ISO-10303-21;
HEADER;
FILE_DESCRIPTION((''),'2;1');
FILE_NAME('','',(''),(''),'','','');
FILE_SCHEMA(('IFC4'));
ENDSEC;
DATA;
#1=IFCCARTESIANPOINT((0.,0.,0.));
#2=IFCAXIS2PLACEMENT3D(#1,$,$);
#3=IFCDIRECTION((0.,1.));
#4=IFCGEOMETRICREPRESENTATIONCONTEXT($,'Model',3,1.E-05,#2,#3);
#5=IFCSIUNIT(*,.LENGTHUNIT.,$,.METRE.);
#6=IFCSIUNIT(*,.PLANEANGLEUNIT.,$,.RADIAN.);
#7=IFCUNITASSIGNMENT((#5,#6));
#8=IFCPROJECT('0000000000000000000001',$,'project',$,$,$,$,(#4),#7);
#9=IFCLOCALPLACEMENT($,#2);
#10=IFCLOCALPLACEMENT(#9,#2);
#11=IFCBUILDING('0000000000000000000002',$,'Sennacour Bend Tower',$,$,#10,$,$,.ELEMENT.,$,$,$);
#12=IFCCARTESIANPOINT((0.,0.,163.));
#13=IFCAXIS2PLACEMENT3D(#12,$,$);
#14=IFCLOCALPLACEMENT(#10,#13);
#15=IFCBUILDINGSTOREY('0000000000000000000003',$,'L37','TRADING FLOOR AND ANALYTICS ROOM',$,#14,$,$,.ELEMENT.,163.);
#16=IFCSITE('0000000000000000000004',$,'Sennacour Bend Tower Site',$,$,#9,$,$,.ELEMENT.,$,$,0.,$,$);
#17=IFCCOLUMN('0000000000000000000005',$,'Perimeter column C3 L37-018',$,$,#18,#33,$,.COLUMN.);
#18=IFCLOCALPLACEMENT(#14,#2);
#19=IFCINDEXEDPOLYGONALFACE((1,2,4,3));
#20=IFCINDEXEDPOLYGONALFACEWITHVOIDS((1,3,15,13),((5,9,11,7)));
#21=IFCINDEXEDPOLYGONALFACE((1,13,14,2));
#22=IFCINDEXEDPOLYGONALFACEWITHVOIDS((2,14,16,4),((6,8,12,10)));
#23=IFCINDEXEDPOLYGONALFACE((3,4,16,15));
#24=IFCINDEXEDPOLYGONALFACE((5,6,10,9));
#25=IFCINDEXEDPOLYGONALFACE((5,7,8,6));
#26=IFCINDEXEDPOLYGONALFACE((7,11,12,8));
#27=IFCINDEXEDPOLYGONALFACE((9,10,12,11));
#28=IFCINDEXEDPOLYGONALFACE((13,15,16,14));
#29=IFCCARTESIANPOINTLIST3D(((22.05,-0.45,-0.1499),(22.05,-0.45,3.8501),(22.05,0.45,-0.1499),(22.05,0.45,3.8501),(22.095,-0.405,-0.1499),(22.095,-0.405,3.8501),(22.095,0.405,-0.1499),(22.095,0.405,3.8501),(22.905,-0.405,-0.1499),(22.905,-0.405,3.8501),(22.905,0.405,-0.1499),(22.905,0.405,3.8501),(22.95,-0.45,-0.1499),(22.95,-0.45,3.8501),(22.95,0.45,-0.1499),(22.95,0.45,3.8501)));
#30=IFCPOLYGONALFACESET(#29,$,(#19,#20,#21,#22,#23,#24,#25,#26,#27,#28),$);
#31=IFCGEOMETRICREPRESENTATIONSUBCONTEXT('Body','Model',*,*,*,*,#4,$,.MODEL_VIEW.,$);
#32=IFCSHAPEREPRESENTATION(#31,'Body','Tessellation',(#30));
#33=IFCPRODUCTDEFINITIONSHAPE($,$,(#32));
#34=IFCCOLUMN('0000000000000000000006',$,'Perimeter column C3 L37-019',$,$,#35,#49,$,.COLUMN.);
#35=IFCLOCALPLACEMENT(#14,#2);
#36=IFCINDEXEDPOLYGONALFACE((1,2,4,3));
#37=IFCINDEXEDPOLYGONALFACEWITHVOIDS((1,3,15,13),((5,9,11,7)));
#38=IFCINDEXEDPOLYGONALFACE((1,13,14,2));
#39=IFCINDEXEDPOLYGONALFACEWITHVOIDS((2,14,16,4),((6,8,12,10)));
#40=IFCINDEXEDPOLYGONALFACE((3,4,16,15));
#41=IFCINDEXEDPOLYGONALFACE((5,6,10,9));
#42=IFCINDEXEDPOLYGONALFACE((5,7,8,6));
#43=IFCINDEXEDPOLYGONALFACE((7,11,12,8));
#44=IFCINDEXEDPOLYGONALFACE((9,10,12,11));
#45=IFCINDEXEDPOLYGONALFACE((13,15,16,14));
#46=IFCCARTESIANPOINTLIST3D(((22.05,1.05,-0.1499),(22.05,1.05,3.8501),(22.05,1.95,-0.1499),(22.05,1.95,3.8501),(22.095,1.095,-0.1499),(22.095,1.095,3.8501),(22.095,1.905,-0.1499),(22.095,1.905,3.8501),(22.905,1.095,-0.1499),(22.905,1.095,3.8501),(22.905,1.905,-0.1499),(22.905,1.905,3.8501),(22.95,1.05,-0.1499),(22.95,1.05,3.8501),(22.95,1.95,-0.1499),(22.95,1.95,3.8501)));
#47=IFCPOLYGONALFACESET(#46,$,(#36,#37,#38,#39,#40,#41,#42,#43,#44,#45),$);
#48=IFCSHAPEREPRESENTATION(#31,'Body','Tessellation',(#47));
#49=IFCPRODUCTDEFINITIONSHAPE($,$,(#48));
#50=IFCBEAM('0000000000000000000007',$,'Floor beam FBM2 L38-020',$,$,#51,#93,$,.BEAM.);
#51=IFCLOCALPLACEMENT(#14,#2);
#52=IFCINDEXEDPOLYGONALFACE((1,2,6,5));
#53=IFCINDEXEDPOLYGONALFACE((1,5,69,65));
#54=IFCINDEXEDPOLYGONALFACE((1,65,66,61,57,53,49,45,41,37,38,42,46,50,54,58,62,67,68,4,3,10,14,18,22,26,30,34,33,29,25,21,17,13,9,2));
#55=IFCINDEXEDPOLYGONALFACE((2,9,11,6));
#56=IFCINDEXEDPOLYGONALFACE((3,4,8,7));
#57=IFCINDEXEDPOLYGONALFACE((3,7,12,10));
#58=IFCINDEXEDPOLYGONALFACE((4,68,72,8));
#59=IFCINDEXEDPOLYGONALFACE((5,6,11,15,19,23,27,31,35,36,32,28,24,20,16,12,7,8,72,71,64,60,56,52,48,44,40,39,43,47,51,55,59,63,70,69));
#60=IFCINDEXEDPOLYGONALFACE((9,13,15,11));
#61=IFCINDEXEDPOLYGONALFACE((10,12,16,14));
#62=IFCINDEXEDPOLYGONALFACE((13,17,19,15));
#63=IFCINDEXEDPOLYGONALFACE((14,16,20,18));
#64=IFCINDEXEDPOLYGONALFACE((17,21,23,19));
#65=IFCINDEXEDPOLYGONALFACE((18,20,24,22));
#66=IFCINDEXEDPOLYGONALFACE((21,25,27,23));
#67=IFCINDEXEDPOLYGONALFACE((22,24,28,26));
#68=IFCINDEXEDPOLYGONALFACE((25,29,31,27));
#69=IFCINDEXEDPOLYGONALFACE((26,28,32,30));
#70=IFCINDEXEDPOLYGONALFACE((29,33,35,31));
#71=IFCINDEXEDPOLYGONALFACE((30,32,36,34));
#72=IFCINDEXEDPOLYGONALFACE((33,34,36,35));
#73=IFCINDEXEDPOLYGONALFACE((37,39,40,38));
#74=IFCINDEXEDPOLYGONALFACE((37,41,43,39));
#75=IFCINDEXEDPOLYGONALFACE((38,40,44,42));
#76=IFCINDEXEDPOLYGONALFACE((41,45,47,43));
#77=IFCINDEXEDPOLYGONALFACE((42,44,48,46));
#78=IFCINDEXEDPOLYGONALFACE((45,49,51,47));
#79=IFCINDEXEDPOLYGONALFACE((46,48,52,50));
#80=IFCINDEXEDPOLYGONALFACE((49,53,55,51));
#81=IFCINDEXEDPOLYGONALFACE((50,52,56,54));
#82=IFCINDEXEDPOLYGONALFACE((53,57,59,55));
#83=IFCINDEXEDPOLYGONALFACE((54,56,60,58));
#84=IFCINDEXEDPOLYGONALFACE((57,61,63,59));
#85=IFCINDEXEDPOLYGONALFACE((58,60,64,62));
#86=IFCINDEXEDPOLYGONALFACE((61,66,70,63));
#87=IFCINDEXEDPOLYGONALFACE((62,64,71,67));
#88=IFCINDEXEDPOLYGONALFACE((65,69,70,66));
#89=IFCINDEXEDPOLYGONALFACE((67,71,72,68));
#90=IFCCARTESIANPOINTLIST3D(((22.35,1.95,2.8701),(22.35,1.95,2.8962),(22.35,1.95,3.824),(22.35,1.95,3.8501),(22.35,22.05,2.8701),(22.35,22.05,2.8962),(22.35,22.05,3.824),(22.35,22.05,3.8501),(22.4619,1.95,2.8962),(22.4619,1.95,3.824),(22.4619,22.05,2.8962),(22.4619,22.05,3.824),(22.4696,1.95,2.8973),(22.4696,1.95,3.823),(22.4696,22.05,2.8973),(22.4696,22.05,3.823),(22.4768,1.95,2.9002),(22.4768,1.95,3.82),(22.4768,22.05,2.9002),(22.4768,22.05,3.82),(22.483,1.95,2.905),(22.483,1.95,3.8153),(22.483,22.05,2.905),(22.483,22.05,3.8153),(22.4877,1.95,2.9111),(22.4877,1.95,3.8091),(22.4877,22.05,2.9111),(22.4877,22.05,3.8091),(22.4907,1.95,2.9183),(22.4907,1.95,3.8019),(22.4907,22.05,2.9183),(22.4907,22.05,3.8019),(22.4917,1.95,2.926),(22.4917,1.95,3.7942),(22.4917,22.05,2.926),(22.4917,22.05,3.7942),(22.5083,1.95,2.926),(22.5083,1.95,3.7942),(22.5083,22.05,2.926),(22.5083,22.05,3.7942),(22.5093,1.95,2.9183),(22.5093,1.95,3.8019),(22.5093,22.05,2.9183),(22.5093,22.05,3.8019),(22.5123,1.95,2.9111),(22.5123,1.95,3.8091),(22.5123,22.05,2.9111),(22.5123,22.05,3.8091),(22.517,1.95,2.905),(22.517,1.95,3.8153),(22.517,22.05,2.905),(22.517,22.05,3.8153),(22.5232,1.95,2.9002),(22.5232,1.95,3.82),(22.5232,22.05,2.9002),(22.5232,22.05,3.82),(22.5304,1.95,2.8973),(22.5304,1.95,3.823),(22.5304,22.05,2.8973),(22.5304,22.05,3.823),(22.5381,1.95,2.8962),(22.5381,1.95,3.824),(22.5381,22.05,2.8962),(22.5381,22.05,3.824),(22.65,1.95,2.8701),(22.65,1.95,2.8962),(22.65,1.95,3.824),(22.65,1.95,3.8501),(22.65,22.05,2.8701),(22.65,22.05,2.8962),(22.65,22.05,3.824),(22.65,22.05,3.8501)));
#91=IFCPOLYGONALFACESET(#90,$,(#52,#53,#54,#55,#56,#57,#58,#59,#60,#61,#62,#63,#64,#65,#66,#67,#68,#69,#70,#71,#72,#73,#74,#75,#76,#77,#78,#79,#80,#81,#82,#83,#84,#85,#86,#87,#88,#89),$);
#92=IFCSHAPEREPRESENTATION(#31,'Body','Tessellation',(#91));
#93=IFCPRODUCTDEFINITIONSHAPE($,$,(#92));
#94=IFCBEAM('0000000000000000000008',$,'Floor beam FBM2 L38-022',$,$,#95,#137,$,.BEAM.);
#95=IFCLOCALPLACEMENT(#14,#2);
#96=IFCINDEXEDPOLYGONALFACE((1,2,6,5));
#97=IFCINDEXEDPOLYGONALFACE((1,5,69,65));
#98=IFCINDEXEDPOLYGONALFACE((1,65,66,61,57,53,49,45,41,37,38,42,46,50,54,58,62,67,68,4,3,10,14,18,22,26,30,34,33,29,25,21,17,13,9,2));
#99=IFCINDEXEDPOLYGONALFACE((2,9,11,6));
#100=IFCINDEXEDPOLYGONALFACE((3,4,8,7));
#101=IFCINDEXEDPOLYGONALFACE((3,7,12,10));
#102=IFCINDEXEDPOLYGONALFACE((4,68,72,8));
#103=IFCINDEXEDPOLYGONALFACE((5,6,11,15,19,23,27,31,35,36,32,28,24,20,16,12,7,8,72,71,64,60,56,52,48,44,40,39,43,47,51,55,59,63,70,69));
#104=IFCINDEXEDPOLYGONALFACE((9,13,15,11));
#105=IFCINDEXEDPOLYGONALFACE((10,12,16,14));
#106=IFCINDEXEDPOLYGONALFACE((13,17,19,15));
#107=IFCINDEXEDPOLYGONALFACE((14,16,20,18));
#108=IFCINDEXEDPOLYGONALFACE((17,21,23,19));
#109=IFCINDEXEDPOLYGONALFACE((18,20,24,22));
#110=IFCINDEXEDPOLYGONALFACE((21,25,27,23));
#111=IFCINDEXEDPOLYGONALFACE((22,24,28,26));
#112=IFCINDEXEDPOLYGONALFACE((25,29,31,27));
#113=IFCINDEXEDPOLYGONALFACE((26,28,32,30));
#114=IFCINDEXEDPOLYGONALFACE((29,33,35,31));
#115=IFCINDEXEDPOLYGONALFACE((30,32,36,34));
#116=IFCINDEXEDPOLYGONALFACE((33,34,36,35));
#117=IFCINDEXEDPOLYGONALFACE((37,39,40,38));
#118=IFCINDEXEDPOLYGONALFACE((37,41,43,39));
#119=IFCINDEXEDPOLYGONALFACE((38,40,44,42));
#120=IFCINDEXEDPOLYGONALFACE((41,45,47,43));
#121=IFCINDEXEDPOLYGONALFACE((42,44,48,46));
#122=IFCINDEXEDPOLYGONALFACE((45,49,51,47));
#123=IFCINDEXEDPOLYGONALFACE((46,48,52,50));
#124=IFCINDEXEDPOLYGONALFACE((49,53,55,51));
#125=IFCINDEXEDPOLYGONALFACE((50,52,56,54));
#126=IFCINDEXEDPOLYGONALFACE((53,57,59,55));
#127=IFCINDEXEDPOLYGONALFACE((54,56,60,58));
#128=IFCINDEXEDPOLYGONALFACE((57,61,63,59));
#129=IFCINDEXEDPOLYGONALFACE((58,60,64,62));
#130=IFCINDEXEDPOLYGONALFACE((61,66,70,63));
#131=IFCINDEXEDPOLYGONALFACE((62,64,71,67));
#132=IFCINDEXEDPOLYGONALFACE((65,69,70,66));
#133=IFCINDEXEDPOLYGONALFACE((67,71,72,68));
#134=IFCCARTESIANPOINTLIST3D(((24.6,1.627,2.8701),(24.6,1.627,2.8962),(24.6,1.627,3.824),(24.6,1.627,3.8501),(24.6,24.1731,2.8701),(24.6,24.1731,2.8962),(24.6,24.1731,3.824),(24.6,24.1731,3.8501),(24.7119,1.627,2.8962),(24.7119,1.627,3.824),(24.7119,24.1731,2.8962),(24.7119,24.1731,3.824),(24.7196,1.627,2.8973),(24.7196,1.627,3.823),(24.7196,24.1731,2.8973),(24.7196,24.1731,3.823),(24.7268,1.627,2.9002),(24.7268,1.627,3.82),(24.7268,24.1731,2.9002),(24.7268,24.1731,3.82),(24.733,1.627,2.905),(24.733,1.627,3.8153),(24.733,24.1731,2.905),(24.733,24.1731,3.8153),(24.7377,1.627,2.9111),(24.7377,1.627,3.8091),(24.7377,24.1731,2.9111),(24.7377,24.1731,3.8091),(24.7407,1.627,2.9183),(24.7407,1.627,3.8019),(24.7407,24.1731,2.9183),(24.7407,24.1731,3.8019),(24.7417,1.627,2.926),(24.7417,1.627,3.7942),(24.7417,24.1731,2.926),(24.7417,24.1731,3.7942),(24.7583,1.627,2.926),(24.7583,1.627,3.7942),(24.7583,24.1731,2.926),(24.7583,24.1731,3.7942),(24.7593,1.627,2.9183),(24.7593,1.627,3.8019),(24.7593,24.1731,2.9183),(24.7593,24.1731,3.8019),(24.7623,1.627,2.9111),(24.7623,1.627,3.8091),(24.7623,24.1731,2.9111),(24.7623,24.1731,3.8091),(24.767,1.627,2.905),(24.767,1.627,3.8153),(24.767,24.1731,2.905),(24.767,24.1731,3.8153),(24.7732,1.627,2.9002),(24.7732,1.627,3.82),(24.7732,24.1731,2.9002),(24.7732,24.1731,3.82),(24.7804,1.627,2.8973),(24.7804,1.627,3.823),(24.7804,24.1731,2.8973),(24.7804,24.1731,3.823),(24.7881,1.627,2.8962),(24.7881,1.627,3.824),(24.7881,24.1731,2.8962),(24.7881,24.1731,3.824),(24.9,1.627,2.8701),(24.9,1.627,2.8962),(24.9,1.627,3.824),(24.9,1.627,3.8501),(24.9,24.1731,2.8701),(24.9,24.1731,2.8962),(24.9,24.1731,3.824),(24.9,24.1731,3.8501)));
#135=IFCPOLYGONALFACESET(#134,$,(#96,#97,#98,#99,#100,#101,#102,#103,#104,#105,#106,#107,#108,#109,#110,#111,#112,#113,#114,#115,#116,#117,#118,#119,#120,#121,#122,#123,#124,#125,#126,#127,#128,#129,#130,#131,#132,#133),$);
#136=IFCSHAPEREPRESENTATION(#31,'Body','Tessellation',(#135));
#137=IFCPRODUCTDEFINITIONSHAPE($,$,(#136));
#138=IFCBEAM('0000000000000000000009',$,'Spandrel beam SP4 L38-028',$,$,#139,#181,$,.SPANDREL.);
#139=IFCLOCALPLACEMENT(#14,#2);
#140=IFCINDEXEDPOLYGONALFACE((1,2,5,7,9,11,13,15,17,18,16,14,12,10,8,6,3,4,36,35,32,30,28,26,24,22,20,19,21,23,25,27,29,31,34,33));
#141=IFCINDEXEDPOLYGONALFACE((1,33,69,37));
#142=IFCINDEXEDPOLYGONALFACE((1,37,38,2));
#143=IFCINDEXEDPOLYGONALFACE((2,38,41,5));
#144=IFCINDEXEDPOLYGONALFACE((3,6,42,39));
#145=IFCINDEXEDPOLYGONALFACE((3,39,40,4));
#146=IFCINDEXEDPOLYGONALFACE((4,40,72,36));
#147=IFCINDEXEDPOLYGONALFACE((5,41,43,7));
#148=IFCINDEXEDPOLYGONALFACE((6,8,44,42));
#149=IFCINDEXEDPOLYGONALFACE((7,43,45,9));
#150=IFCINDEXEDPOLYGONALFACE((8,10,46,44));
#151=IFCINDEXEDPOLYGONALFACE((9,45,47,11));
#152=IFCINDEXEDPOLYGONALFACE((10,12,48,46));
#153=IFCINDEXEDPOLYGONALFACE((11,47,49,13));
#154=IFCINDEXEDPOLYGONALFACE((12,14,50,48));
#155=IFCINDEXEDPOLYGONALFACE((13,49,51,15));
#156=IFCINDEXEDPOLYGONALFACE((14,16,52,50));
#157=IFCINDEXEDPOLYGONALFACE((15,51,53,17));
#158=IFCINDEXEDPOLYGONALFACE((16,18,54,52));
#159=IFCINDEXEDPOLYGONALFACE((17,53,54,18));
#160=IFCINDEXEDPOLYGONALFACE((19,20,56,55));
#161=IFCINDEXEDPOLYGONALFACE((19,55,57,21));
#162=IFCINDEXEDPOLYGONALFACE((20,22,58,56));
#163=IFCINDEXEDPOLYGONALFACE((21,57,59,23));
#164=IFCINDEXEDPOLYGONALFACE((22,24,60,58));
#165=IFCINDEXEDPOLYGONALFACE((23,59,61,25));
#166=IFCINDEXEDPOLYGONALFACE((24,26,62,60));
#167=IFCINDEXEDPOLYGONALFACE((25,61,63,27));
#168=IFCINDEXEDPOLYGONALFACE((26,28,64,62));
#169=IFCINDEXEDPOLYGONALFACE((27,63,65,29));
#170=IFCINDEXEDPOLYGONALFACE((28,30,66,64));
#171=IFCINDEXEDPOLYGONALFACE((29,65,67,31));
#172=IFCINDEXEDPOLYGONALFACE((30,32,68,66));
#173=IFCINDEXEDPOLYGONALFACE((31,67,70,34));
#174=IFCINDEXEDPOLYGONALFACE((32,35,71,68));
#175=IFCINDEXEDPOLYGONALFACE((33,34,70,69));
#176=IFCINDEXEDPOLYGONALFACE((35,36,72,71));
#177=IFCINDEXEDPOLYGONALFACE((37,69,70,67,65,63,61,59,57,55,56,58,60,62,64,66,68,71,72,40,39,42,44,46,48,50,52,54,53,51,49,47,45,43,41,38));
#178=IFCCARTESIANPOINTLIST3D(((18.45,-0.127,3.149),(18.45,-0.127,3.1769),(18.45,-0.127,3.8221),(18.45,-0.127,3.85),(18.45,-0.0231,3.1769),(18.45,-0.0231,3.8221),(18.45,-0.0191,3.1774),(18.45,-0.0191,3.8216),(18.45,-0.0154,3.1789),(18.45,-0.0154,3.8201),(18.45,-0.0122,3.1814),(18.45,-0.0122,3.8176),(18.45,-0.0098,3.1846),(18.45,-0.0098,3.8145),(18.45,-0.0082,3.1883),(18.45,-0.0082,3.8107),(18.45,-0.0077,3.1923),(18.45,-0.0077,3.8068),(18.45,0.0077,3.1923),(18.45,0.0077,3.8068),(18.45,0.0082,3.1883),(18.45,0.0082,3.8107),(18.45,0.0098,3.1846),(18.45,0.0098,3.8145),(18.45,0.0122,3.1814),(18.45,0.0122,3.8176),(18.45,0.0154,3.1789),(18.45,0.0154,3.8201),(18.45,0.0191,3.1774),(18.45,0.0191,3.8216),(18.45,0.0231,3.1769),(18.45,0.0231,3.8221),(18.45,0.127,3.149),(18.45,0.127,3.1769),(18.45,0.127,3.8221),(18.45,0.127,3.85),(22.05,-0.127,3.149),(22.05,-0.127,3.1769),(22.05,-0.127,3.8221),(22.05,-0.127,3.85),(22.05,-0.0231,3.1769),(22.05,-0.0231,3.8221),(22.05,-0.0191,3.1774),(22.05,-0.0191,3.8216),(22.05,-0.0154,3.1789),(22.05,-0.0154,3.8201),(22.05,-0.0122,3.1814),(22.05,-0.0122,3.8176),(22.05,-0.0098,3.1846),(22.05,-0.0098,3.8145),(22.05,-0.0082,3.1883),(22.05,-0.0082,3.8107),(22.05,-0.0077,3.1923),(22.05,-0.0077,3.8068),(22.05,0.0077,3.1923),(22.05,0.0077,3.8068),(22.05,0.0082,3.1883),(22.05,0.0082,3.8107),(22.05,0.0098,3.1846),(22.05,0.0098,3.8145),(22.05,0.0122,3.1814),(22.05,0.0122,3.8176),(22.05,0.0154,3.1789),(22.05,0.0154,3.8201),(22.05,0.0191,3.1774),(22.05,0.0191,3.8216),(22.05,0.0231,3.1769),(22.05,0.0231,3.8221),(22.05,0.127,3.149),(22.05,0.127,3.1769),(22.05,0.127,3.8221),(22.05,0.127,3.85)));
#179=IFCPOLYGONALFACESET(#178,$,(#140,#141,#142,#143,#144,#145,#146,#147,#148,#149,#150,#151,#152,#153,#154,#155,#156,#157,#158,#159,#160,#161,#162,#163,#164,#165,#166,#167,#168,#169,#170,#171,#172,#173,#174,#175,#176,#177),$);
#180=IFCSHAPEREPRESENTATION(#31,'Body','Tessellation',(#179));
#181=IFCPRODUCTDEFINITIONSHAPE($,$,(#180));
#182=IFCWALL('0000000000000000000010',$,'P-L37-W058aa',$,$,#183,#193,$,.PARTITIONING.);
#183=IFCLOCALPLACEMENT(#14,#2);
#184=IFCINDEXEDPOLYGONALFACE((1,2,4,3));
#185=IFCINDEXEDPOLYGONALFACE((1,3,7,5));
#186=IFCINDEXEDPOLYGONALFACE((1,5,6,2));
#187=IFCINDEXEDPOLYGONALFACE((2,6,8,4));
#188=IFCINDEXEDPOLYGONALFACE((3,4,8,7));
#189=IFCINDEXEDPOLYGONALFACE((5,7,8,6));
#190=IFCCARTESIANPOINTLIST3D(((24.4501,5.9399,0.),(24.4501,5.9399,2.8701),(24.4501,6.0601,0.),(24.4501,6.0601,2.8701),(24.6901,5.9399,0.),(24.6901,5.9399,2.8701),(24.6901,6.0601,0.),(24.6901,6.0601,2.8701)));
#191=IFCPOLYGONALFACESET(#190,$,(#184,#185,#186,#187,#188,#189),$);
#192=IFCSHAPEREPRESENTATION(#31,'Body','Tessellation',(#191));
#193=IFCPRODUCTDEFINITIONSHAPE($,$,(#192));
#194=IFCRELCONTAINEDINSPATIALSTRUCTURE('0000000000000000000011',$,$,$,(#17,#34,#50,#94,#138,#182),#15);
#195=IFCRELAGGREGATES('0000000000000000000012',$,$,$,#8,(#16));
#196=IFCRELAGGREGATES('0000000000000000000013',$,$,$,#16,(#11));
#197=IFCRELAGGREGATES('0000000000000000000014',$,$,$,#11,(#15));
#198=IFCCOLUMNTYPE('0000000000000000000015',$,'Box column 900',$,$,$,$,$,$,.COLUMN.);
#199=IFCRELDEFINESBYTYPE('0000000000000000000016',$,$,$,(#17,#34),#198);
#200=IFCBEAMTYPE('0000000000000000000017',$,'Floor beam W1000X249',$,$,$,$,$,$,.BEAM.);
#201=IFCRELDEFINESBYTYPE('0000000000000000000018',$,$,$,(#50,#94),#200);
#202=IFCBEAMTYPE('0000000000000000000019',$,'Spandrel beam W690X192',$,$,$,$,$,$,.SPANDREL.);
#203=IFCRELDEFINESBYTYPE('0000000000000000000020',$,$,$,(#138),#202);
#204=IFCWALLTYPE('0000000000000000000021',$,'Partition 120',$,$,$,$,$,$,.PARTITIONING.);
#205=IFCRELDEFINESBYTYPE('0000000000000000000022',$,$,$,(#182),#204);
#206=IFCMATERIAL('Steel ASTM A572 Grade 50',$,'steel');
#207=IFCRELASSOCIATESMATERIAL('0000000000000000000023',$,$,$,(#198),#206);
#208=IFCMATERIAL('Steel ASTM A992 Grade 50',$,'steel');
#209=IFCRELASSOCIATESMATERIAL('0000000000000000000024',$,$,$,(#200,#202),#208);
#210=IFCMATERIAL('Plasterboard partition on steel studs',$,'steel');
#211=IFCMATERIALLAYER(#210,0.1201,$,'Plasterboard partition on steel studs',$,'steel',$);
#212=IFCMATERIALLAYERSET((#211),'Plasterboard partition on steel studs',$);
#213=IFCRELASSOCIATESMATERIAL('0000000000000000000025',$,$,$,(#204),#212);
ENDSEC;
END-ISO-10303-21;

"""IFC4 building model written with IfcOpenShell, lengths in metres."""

from ifc_helpers import new_model, si_unit, direction, frame, frame_2d, origin, origin_2d, place, context, subcontext, project, spatial, rectangle, hollow_rectangle, i_section, extrude, material, layer, layer_set, material_profile, profile_set, type_object, element, save


model = new_model("IFC4")

# Units and contexts
model_context = context("Model", 3, precision=1e-05, world=origin(), true_north=direction((0.0, 1.0)))
body_context = subcontext(model_context, "Body", "Model", "MODEL_VIEW")
ifc_project = project(units=[si_unit("LENGTHUNIT", "METRE"), si_unit("PLANEANGLEUNIT", "RADIAN")], contexts=[model_context])

# Site, building, storey
site_placement = place(None, origin())
site = spatial("IfcSite", under=ifc_project, at=site_placement, Name="Sennacour Bend Tower Site", CompositionType="ELEMENT", RefElevation=0.0)
building_placement = place(site_placement, origin())
building = spatial("IfcBuilding", under=site, at=building_placement, Name="Sennacour Bend Tower", CompositionType="ELEMENT")
storey_placement = place(building_placement, frame((0.0, 0.0, 163.0)))
storey = spatial("IfcBuildingStorey", under=building, at=storey_placement, Name="L37", Description="TRADING FLOOR AND ANALYTICS ROOM", CompositionType="ELEMENT", Elevation=163.0)

# Columns
ifc_material_1 = material(Name="Steel ASTM A572 Grade 50", Category="steel")
ifc_material_profile_1 = material_profile(ifc_material_1, hollow_rectangle(XDim=0.8999, YDim=0.8999, WallThickness=0.0449, at=origin_2d()), Name="Steel ASTM A572 Grade 50", Category="steel")
ifc_profile_set_1 = profile_set([ifc_material_profile_1], Name="Steel ASTM A572 Grade 50")
column_type = type_object("IfcColumnType", Name="Box column 900", PredefinedType="COLUMN", material=ifc_profile_set_1)
for number, where, z_axis, x_axis, name in (
    (1, (22.5, 0.0, -0.1499), (0.0, 0.0, 1.0), (1.0, 0.0, 0.0), "Perimeter column C3 L37-018"),
    (2, (22.5, 1.5, -0.1499), (0.0, 0.0, 1.0), (1.0, 0.0, 0.0), "Perimeter column C3 L37-019"),
):
    element("IfcColumn", number, at=place(storey_placement, frame(where, z_axis=z_axis, x_axis=x_axis)), inside=storey, type_object=column_type, Name=name, PredefinedType="COLUMN", context=body_context, shape_type="SweptSolid", body=[
        extrude(hollow_rectangle(XDim=0.8999, YDim=0.8999, WallThickness=0.0449, at=origin_2d()), origin(), (0.0, 0.0, 1.0), 4.0),
    ])

# Beams
ifc_material_2 = material(Name="Steel ASTM A992 Grade 50", Category="steel")
ifc_material_profile_2 = material_profile(ifc_material_2, i_section(OverallWidth=0.3, OverallDepth=0.98, WebThickness=0.0166, FlangeThickness=0.0261, FilletRadius=0.0298, at=origin_2d()), Name="Steel ASTM A992 Grade 50", Category="steel")
ifc_profile_set_2 = profile_set([ifc_material_profile_2], Name="Steel ASTM A992 Grade 50")
beam_type_1 = type_object("IfcBeamType", Name="Floor beam W1000X249", PredefinedType="BEAM", material=ifc_profile_set_2)
beam_1_placement = place(storey_placement, frame((22.5, 1.95, 3.3601), z_axis=(0.0, 1.0, 0.0), x_axis=(-1.0, 0.0, 0.0)))
element("IfcBeam", 3, at=beam_1_placement, inside=storey, type_object=beam_type_1, Name="Floor beam FBM2 L38-020", PredefinedType="BEAM", context=body_context, shape_type="SweptSolid", body=[
    extrude(i_section(OverallWidth=0.3, OverallDepth=0.98, WebThickness=0.0166, FlangeThickness=0.0261, FilletRadius=0.0298, at=origin_2d()), origin(), (0.0, 0.0, 1.0), 20.1001),
])
beam_2_placement = place(storey_placement, frame((24.75, 1.627, 3.3601), z_axis=(0.0, 1.0, 0.0), x_axis=(-1.0, 0.0, 0.0)))
element("IfcBeam", 4, at=beam_2_placement, inside=storey, type_object=beam_type_1, Name="Floor beam FBM2 L38-022", PredefinedType="BEAM", context=body_context, shape_type="SweptSolid", body=[
    extrude(i_section(OverallWidth=0.3, OverallDepth=0.98, WebThickness=0.0166, FlangeThickness=0.0261, FilletRadius=0.0298, at=origin_2d()), origin(), (0.0, 0.0, 1.0), 22.5461),
])
ifc_material_profile_3 = material_profile(ifc_material_2, i_section(OverallWidth=0.2539, OverallDepth=0.7009, WebThickness=0.0154, FlangeThickness=0.0278, FilletRadius=0.0154, at=origin_2d()), Name="Steel ASTM A992 Grade 50", Category="steel")
ifc_profile_set_3 = profile_set([ifc_material_profile_3], Name="Steel ASTM A992 Grade 50")
beam_type_2 = type_object("IfcBeamType", Name="Spandrel beam W690X192", PredefinedType="SPANDREL", material=ifc_profile_set_3)
beam_3_placement = place(storey_placement, frame((22.05, 0.0, 3.4995), z_axis=(-1.0, 0.0, 0.0), x_axis=(0.0, -1.0, 0.0)))
element("IfcBeam", 5, at=beam_3_placement, inside=storey, type_object=beam_type_2, Name="Spandrel beam SP4 L38-028", PredefinedType="SPANDREL", context=body_context, shape_type="SweptSolid", body=[
    extrude(i_section(OverallWidth=0.2539, OverallDepth=0.7009, WebThickness=0.0154, FlangeThickness=0.0278, FilletRadius=0.0154, at=origin_2d()), origin(), (0.0, 0.0, 1.0), 3.6001),
])

# Wall
ifc_material_3 = material(Name="Plasterboard partition on steel studs", Category="steel")
ifc_layer_1 = layer(ifc_material_3, 0.1201, Name="Plasterboard partition on steel studs", Category="steel")
ifc_layer_set_1 = layer_set([ifc_layer_1], Name="Plasterboard partition on steel studs")
wall_type_1 = type_object("IfcWallType", Name="Partition 120", PredefinedType="PARTITIONING", material=ifc_layer_set_1)
wall_1_placement = place(storey_placement, frame((24.45, 6.0, 0.0), z_axis=(0.0, 0.0, 1.0), x_axis=(1.0, 0.0, 0.0)))
element("IfcWall", 6, at=wall_1_placement, inside=storey, type_object=wall_type_1, Name="P-L37-W058aa", PredefinedType="PARTITIONING", context=body_context, shape_type="SweptSolid", body=[
    extrude(rectangle(XDim=0.24, YDim=0.1201, at=frame_2d((0.1201, 0.0))), origin(), (0.0, 0.0, 1.0), 2.8701),
])

save(model, "model.ifc")
